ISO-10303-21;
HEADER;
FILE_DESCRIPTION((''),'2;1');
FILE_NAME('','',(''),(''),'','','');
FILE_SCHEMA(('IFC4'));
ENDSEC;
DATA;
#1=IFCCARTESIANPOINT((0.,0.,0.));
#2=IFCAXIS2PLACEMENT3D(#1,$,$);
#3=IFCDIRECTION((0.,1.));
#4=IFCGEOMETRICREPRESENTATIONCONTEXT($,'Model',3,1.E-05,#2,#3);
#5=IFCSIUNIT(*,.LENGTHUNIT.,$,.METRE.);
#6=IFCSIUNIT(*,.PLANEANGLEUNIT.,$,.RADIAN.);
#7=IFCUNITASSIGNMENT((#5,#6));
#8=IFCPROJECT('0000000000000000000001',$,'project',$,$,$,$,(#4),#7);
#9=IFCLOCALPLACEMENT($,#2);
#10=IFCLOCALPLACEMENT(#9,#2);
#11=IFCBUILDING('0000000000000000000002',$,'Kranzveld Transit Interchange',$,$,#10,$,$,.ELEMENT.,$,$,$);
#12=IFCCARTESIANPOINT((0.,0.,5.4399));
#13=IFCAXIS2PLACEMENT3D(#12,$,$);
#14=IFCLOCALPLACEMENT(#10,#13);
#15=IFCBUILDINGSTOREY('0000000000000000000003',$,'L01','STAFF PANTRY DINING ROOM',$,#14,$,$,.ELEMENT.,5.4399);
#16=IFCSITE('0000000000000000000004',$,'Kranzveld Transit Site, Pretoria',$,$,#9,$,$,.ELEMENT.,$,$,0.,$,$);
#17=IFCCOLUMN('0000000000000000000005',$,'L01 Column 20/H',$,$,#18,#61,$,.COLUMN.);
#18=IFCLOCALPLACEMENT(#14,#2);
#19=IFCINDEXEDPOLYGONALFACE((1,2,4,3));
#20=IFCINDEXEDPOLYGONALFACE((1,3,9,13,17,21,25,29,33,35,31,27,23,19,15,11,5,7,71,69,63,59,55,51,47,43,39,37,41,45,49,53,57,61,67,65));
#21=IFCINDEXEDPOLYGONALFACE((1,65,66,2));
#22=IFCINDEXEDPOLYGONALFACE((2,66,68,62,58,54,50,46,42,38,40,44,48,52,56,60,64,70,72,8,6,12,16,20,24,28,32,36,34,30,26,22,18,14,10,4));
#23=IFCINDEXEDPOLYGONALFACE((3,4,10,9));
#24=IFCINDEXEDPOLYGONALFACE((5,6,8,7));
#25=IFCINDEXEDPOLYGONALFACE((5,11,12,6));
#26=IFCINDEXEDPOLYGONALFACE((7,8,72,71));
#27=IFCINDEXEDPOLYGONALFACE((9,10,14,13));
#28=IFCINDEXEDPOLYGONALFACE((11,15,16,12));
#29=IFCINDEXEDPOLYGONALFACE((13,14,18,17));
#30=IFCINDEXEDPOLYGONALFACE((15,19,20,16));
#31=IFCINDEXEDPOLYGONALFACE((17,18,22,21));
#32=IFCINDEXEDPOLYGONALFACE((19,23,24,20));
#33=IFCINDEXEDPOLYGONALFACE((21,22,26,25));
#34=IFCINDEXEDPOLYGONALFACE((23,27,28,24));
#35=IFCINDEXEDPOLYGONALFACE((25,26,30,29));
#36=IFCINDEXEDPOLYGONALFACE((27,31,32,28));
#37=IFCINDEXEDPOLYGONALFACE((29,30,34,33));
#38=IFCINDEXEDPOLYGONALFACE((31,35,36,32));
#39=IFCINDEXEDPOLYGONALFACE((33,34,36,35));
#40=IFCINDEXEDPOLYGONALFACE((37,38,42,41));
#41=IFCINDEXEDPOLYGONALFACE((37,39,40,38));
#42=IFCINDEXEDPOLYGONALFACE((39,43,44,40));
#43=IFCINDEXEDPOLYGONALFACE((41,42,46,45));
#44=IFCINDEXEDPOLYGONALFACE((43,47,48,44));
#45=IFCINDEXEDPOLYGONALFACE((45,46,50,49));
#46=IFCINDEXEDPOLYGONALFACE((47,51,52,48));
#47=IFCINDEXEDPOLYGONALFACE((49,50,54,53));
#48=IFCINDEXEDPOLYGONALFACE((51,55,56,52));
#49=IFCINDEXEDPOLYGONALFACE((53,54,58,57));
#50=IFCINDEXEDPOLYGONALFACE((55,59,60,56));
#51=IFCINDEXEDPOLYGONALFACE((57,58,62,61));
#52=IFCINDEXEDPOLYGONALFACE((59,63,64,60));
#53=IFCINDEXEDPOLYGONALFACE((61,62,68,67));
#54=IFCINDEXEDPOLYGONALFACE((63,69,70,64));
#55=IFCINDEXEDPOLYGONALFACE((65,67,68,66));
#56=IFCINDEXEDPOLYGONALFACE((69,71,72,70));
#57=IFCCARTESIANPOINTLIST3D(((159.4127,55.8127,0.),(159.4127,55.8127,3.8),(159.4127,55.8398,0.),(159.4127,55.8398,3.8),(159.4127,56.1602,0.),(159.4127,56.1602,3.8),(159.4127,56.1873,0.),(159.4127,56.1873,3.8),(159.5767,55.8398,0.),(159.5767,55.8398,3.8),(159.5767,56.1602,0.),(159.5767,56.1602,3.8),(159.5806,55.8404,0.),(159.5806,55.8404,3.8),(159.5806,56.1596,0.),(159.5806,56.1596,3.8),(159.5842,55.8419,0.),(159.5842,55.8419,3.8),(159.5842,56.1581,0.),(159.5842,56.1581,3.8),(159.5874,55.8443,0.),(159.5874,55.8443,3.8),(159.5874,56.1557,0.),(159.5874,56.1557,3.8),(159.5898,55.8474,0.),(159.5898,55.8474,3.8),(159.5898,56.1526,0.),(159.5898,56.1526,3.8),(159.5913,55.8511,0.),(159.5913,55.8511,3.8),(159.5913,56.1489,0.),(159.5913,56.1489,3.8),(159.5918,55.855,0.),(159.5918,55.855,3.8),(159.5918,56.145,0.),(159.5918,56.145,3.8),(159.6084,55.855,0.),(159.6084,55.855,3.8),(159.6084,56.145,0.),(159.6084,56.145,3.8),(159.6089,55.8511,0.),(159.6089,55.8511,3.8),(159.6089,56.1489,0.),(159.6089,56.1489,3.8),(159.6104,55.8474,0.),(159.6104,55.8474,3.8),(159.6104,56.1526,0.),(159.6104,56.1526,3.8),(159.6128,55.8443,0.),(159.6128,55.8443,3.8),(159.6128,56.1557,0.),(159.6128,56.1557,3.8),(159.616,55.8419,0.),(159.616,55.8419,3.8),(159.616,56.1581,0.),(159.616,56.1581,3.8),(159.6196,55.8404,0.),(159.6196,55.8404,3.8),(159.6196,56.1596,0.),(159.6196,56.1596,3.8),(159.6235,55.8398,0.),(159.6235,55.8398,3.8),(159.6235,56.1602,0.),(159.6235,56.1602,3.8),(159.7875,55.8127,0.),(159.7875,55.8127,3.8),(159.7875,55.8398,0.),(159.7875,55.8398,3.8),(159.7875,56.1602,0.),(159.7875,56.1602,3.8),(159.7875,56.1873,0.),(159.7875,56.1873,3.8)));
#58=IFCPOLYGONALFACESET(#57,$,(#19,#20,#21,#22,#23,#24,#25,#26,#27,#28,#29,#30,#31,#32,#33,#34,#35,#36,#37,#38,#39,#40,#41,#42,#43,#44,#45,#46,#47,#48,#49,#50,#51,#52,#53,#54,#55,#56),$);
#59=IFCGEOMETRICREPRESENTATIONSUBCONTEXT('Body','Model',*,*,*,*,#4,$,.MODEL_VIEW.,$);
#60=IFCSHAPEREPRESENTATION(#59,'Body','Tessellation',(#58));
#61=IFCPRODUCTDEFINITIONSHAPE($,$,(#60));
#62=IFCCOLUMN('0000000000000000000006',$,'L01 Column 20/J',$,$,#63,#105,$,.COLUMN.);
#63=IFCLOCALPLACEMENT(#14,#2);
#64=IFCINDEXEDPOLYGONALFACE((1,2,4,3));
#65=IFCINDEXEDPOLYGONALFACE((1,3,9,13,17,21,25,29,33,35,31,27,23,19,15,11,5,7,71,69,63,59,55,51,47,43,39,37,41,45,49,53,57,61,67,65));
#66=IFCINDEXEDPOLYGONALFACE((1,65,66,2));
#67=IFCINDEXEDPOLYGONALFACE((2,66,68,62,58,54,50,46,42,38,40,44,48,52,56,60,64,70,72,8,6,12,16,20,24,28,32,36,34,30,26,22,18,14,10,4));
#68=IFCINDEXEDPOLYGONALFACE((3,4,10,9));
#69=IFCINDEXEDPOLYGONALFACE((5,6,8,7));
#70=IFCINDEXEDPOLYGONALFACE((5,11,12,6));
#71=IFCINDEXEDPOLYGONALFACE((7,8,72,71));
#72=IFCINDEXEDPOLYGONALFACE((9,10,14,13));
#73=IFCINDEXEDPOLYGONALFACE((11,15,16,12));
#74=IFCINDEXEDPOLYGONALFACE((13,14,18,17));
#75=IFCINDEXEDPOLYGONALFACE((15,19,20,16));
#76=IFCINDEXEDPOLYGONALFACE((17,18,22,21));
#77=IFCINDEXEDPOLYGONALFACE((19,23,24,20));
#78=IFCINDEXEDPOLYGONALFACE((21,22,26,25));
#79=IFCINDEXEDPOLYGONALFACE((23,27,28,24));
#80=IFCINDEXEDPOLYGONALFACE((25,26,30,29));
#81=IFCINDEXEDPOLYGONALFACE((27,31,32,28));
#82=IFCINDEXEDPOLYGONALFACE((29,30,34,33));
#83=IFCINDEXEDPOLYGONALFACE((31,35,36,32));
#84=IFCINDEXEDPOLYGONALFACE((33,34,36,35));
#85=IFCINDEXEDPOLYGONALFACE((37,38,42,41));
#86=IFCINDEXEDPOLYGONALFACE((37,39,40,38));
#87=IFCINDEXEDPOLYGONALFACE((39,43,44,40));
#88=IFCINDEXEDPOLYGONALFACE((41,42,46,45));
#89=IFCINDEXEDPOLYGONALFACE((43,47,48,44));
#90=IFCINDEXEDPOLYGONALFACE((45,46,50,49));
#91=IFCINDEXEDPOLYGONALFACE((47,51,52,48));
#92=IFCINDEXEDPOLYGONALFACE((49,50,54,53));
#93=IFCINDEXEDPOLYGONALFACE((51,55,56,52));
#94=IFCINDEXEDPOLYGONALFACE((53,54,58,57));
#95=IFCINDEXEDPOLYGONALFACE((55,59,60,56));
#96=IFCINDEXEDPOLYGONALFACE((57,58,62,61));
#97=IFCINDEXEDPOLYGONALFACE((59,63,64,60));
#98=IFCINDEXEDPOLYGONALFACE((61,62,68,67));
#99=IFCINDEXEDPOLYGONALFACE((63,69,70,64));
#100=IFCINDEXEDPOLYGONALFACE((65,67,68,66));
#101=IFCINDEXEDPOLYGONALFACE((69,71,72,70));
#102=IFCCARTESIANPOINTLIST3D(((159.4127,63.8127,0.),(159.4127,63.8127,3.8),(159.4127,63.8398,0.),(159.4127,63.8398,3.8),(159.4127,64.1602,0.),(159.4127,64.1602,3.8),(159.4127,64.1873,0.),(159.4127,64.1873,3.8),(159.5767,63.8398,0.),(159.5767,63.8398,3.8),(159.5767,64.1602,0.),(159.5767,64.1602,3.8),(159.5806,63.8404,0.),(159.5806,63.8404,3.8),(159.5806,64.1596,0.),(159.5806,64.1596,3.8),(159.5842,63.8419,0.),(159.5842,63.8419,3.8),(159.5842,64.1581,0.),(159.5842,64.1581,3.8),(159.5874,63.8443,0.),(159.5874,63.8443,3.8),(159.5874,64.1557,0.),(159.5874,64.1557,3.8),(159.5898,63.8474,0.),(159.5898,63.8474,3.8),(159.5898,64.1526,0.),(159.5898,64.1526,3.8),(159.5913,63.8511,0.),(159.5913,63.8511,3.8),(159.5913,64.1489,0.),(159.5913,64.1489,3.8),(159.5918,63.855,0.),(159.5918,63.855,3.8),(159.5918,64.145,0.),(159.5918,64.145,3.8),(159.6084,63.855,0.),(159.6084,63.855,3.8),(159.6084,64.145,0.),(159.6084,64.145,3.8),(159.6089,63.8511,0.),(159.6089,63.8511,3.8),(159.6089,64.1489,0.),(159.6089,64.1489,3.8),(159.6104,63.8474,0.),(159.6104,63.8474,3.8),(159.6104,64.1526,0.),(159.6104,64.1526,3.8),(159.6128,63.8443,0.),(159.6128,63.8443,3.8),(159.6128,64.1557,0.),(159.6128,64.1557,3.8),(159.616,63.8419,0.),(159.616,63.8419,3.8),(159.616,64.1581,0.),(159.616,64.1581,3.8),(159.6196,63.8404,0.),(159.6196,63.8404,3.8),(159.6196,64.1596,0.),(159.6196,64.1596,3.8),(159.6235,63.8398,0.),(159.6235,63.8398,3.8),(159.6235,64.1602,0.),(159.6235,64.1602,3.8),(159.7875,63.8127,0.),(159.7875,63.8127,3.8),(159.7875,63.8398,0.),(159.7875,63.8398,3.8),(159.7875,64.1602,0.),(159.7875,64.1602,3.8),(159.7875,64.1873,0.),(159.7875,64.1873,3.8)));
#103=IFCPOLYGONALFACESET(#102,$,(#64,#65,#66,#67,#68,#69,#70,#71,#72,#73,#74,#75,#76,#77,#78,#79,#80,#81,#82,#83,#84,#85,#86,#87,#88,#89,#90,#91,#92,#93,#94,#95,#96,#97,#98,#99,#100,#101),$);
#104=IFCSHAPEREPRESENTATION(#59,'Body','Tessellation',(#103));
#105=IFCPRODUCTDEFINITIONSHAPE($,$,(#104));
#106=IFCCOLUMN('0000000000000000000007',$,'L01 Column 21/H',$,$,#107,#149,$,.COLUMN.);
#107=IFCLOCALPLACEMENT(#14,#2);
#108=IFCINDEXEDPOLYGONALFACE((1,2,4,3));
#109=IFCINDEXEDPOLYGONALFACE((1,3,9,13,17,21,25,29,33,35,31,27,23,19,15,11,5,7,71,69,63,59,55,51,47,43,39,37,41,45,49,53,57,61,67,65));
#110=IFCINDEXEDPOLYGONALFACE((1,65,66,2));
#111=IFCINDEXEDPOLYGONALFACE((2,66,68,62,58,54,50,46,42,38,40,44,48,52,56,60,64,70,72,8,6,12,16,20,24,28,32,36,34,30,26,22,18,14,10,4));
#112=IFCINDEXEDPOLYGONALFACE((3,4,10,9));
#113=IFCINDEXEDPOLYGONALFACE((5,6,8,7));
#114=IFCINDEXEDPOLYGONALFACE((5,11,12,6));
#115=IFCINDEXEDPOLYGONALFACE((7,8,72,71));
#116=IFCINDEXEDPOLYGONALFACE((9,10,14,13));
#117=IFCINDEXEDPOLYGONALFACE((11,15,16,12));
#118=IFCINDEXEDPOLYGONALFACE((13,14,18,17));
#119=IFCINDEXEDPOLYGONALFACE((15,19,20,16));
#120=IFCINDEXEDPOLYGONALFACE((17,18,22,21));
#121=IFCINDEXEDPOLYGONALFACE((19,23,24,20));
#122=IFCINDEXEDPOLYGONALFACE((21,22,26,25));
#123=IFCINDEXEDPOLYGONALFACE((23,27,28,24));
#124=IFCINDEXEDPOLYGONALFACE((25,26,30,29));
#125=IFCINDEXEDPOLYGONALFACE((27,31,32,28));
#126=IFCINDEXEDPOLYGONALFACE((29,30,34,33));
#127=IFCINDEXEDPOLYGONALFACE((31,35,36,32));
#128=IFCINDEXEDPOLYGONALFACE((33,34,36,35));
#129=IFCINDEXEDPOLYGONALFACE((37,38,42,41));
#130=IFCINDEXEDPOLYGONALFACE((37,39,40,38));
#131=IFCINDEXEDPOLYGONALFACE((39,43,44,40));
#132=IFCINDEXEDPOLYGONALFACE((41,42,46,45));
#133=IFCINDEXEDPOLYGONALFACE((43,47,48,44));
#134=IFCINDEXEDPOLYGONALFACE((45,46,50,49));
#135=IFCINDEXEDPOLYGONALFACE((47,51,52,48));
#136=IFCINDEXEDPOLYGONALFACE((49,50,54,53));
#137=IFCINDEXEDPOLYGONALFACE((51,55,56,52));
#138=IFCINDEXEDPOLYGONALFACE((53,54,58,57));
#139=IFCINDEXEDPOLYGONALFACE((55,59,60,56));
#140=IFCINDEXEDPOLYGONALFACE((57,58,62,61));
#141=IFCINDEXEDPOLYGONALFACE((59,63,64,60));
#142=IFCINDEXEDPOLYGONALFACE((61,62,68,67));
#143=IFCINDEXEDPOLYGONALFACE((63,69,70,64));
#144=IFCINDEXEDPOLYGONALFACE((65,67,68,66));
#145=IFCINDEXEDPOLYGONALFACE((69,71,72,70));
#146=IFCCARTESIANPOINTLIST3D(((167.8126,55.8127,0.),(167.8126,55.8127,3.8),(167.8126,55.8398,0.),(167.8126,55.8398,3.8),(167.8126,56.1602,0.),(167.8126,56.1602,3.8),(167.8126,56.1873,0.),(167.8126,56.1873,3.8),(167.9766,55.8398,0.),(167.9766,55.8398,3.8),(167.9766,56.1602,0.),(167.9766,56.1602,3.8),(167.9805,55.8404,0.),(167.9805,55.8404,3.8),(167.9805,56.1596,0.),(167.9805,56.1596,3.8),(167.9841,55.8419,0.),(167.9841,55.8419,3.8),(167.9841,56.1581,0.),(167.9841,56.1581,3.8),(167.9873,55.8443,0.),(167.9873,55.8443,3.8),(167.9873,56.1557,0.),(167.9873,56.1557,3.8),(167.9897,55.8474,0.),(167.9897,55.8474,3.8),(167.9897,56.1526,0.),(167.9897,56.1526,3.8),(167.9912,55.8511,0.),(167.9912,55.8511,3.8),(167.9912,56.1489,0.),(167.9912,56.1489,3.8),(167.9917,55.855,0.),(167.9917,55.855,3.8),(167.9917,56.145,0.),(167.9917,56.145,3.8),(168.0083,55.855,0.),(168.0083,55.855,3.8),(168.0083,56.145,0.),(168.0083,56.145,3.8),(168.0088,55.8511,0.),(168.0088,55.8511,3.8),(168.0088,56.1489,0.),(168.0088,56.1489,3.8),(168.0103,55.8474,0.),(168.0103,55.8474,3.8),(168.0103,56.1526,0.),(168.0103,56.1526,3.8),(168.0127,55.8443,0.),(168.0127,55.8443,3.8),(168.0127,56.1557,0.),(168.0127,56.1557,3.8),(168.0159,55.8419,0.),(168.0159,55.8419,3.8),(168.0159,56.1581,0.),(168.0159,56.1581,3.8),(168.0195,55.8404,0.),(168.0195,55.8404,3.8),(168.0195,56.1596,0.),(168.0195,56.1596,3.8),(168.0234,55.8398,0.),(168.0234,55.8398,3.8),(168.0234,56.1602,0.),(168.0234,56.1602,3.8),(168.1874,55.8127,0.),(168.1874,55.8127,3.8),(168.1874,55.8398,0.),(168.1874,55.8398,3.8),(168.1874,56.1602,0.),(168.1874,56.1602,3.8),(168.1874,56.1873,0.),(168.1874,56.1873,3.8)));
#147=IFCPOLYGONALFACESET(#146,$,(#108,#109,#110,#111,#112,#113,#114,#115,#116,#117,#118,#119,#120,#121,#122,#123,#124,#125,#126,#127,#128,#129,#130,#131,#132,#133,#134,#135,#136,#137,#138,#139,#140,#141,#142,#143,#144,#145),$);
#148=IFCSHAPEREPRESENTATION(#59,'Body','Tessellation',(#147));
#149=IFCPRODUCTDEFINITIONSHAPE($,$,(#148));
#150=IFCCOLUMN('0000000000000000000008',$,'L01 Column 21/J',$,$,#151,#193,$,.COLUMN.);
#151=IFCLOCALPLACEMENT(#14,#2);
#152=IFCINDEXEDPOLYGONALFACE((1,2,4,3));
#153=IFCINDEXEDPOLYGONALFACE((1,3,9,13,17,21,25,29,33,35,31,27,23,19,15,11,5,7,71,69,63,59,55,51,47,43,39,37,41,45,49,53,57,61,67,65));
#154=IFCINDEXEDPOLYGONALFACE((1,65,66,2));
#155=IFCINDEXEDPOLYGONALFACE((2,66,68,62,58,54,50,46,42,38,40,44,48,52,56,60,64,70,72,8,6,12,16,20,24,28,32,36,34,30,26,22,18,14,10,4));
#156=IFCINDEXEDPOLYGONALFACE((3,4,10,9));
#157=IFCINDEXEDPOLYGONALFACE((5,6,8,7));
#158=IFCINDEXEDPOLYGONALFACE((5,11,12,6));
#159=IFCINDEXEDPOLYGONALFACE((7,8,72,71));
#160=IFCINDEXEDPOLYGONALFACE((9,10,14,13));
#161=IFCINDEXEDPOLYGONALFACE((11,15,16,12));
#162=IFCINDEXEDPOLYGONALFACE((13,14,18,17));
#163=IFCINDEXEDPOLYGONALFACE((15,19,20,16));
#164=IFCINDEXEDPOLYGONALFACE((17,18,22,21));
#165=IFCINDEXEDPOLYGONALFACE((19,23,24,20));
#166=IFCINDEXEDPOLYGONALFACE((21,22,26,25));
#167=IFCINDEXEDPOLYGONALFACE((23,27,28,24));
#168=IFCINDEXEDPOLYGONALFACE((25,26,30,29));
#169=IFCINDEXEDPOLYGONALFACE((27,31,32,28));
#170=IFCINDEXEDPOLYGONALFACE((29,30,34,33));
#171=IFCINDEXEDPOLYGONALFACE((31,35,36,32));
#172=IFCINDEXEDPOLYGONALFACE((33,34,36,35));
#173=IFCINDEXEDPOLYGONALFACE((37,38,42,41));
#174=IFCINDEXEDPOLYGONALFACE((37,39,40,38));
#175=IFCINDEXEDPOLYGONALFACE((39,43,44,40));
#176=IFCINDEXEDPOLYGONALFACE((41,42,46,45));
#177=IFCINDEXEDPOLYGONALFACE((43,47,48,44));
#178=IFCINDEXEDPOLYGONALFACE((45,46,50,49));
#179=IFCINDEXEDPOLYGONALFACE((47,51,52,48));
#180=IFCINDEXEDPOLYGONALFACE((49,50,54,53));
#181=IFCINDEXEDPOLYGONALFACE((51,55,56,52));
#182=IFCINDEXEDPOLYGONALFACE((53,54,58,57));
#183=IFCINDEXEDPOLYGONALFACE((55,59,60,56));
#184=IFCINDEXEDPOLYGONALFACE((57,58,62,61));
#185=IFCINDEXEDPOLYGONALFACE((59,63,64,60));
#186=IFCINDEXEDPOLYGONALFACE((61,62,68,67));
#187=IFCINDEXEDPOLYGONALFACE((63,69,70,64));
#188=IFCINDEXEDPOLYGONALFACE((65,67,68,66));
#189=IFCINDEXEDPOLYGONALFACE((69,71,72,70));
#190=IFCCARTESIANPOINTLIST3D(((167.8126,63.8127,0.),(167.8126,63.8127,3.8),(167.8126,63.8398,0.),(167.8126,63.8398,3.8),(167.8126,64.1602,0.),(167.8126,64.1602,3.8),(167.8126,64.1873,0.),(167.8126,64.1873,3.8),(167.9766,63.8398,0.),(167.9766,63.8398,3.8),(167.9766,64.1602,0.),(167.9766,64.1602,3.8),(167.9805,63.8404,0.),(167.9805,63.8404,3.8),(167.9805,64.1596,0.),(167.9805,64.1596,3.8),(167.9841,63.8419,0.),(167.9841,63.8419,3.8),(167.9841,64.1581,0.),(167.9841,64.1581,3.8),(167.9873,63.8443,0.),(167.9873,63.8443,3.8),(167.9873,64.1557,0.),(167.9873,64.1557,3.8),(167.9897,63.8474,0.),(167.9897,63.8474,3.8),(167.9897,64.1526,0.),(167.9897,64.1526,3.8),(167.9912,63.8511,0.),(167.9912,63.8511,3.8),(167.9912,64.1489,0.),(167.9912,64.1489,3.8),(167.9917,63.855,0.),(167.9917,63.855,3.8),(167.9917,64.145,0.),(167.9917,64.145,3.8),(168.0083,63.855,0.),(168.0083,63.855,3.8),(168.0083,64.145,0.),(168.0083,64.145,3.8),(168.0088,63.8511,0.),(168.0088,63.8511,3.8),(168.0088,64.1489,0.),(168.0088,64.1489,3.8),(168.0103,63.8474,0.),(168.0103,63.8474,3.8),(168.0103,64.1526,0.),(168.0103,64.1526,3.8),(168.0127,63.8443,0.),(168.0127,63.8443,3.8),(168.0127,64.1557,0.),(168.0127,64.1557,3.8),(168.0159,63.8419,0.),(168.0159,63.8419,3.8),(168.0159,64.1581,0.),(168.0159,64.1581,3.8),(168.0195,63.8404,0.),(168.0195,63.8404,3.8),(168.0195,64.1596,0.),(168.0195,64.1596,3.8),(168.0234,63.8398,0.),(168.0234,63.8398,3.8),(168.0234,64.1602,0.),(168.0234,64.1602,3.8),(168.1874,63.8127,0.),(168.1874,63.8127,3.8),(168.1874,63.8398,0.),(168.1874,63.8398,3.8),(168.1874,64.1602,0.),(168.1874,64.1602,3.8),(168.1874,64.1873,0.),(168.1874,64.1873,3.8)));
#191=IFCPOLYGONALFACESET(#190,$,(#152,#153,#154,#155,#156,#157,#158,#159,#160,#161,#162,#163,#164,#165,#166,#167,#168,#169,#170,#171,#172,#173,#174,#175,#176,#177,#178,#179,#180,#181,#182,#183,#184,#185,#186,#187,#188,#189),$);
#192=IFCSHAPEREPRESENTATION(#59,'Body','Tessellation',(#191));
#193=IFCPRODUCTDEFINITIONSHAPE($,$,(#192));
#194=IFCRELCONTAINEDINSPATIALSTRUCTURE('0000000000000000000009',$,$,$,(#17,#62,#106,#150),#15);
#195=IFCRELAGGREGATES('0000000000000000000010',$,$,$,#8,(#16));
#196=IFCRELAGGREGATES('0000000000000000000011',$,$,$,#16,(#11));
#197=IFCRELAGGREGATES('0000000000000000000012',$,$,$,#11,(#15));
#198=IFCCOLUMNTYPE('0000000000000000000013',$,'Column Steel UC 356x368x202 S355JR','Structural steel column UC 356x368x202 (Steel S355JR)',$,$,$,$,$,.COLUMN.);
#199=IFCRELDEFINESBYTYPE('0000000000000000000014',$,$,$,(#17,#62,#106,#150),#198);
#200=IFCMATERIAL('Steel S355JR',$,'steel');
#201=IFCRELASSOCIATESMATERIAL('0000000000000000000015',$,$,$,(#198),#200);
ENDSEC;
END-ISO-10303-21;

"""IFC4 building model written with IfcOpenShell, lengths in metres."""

from ifc_helpers import new_model, si_unit, direction, frame, origin, origin_2d, place, context, subcontext, project, spatial, i_section, extrude, material, material_profile, profile_set, type_object, element, save


model = new_model("IFC4")

# Units and contexts
model_context = context("Model", 3, precision=1e-05, world=origin(), true_north=direction((0.0, 1.0)))
body_context = subcontext(model_context, "Body", "Model", "MODEL_VIEW")
ifc_project = project(units=[si_unit("LENGTHUNIT", "METRE"), si_unit("PLANEANGLEUNIT", "RADIAN")], contexts=[model_context])

# Site, building, storey
site_placement = place(None, origin())
site = spatial("IfcSite", under=ifc_project, at=site_placement, Name="Kranzveld Transit Site, Pretoria", CompositionType="ELEMENT", RefElevation=0.0)
building_placement = place(site_placement, origin())
building = spatial("IfcBuilding", under=site, at=building_placement, Name="Kranzveld Transit Interchange", CompositionType="ELEMENT")
storey_placement = place(building_placement, frame((0.0, 0.0, 5.4399)))
storey = spatial("IfcBuildingStorey", under=building, at=storey_placement, Name="L01", Description="STAFF PANTRY DINING ROOM", CompositionType="ELEMENT", Elevation=5.4399)

# Columns
ifc_material_1 = material(Name="Steel S355JR", Category="steel")
ifc_material_profile_1 = material_profile(ifc_material_1, i_section(OverallWidth=0.3748, OverallDepth=0.3745, WebThickness=0.0166, FlangeThickness=0.0271, FilletRadius=0.0151, at=origin_2d()), Name="UC 356x368x202")
ifc_profile_set_1 = profile_set([ifc_material_profile_1], Name="Steel S355JR")
column_type = type_object("IfcColumnType", Name="Column Steel UC 356x368x202 S355JR", Description="Structural steel column UC 356x368x202 (Steel S355JR)", PredefinedType="COLUMN", material=ifc_profile_set_1)
for number, where, z_axis, x_axis, name in (
    (1, (159.6001, 56.0, 0.0), (0.0, 0.0, 1.0), (1.0, 0.0, 0.0), "L01 Column 20/H"),
    (2, (159.6001, 64.0, 0.0), (0.0, 0.0, 1.0), (1.0, 0.0, 0.0), "L01 Column 20/J"),
    (3, (168.0, 56.0, 0.0), (0.0, 0.0, 1.0), (1.0, 0.0, 0.0), "L01 Column 21/H"),
    (4, (168.0, 64.0, 0.0), (0.0, 0.0, 1.0), (1.0, 0.0, 0.0), "L01 Column 21/J"),
):
    element("IfcColumn", number, at=place(storey_placement, frame(where, z_axis=z_axis, x_axis=x_axis)), inside=storey, type_object=column_type, Name=name, PredefinedType="COLUMN", context=body_context, shape_type="SweptSolid", body=[
        extrude(i_section(OverallWidth=0.3748, OverallDepth=0.3745, WebThickness=0.0166, FlangeThickness=0.0271, FilletRadius=0.0151, at=origin_2d()), origin(), (0.0, 0.0, 1.0), 3.8),
    ])

save(model, "model.ifc")
